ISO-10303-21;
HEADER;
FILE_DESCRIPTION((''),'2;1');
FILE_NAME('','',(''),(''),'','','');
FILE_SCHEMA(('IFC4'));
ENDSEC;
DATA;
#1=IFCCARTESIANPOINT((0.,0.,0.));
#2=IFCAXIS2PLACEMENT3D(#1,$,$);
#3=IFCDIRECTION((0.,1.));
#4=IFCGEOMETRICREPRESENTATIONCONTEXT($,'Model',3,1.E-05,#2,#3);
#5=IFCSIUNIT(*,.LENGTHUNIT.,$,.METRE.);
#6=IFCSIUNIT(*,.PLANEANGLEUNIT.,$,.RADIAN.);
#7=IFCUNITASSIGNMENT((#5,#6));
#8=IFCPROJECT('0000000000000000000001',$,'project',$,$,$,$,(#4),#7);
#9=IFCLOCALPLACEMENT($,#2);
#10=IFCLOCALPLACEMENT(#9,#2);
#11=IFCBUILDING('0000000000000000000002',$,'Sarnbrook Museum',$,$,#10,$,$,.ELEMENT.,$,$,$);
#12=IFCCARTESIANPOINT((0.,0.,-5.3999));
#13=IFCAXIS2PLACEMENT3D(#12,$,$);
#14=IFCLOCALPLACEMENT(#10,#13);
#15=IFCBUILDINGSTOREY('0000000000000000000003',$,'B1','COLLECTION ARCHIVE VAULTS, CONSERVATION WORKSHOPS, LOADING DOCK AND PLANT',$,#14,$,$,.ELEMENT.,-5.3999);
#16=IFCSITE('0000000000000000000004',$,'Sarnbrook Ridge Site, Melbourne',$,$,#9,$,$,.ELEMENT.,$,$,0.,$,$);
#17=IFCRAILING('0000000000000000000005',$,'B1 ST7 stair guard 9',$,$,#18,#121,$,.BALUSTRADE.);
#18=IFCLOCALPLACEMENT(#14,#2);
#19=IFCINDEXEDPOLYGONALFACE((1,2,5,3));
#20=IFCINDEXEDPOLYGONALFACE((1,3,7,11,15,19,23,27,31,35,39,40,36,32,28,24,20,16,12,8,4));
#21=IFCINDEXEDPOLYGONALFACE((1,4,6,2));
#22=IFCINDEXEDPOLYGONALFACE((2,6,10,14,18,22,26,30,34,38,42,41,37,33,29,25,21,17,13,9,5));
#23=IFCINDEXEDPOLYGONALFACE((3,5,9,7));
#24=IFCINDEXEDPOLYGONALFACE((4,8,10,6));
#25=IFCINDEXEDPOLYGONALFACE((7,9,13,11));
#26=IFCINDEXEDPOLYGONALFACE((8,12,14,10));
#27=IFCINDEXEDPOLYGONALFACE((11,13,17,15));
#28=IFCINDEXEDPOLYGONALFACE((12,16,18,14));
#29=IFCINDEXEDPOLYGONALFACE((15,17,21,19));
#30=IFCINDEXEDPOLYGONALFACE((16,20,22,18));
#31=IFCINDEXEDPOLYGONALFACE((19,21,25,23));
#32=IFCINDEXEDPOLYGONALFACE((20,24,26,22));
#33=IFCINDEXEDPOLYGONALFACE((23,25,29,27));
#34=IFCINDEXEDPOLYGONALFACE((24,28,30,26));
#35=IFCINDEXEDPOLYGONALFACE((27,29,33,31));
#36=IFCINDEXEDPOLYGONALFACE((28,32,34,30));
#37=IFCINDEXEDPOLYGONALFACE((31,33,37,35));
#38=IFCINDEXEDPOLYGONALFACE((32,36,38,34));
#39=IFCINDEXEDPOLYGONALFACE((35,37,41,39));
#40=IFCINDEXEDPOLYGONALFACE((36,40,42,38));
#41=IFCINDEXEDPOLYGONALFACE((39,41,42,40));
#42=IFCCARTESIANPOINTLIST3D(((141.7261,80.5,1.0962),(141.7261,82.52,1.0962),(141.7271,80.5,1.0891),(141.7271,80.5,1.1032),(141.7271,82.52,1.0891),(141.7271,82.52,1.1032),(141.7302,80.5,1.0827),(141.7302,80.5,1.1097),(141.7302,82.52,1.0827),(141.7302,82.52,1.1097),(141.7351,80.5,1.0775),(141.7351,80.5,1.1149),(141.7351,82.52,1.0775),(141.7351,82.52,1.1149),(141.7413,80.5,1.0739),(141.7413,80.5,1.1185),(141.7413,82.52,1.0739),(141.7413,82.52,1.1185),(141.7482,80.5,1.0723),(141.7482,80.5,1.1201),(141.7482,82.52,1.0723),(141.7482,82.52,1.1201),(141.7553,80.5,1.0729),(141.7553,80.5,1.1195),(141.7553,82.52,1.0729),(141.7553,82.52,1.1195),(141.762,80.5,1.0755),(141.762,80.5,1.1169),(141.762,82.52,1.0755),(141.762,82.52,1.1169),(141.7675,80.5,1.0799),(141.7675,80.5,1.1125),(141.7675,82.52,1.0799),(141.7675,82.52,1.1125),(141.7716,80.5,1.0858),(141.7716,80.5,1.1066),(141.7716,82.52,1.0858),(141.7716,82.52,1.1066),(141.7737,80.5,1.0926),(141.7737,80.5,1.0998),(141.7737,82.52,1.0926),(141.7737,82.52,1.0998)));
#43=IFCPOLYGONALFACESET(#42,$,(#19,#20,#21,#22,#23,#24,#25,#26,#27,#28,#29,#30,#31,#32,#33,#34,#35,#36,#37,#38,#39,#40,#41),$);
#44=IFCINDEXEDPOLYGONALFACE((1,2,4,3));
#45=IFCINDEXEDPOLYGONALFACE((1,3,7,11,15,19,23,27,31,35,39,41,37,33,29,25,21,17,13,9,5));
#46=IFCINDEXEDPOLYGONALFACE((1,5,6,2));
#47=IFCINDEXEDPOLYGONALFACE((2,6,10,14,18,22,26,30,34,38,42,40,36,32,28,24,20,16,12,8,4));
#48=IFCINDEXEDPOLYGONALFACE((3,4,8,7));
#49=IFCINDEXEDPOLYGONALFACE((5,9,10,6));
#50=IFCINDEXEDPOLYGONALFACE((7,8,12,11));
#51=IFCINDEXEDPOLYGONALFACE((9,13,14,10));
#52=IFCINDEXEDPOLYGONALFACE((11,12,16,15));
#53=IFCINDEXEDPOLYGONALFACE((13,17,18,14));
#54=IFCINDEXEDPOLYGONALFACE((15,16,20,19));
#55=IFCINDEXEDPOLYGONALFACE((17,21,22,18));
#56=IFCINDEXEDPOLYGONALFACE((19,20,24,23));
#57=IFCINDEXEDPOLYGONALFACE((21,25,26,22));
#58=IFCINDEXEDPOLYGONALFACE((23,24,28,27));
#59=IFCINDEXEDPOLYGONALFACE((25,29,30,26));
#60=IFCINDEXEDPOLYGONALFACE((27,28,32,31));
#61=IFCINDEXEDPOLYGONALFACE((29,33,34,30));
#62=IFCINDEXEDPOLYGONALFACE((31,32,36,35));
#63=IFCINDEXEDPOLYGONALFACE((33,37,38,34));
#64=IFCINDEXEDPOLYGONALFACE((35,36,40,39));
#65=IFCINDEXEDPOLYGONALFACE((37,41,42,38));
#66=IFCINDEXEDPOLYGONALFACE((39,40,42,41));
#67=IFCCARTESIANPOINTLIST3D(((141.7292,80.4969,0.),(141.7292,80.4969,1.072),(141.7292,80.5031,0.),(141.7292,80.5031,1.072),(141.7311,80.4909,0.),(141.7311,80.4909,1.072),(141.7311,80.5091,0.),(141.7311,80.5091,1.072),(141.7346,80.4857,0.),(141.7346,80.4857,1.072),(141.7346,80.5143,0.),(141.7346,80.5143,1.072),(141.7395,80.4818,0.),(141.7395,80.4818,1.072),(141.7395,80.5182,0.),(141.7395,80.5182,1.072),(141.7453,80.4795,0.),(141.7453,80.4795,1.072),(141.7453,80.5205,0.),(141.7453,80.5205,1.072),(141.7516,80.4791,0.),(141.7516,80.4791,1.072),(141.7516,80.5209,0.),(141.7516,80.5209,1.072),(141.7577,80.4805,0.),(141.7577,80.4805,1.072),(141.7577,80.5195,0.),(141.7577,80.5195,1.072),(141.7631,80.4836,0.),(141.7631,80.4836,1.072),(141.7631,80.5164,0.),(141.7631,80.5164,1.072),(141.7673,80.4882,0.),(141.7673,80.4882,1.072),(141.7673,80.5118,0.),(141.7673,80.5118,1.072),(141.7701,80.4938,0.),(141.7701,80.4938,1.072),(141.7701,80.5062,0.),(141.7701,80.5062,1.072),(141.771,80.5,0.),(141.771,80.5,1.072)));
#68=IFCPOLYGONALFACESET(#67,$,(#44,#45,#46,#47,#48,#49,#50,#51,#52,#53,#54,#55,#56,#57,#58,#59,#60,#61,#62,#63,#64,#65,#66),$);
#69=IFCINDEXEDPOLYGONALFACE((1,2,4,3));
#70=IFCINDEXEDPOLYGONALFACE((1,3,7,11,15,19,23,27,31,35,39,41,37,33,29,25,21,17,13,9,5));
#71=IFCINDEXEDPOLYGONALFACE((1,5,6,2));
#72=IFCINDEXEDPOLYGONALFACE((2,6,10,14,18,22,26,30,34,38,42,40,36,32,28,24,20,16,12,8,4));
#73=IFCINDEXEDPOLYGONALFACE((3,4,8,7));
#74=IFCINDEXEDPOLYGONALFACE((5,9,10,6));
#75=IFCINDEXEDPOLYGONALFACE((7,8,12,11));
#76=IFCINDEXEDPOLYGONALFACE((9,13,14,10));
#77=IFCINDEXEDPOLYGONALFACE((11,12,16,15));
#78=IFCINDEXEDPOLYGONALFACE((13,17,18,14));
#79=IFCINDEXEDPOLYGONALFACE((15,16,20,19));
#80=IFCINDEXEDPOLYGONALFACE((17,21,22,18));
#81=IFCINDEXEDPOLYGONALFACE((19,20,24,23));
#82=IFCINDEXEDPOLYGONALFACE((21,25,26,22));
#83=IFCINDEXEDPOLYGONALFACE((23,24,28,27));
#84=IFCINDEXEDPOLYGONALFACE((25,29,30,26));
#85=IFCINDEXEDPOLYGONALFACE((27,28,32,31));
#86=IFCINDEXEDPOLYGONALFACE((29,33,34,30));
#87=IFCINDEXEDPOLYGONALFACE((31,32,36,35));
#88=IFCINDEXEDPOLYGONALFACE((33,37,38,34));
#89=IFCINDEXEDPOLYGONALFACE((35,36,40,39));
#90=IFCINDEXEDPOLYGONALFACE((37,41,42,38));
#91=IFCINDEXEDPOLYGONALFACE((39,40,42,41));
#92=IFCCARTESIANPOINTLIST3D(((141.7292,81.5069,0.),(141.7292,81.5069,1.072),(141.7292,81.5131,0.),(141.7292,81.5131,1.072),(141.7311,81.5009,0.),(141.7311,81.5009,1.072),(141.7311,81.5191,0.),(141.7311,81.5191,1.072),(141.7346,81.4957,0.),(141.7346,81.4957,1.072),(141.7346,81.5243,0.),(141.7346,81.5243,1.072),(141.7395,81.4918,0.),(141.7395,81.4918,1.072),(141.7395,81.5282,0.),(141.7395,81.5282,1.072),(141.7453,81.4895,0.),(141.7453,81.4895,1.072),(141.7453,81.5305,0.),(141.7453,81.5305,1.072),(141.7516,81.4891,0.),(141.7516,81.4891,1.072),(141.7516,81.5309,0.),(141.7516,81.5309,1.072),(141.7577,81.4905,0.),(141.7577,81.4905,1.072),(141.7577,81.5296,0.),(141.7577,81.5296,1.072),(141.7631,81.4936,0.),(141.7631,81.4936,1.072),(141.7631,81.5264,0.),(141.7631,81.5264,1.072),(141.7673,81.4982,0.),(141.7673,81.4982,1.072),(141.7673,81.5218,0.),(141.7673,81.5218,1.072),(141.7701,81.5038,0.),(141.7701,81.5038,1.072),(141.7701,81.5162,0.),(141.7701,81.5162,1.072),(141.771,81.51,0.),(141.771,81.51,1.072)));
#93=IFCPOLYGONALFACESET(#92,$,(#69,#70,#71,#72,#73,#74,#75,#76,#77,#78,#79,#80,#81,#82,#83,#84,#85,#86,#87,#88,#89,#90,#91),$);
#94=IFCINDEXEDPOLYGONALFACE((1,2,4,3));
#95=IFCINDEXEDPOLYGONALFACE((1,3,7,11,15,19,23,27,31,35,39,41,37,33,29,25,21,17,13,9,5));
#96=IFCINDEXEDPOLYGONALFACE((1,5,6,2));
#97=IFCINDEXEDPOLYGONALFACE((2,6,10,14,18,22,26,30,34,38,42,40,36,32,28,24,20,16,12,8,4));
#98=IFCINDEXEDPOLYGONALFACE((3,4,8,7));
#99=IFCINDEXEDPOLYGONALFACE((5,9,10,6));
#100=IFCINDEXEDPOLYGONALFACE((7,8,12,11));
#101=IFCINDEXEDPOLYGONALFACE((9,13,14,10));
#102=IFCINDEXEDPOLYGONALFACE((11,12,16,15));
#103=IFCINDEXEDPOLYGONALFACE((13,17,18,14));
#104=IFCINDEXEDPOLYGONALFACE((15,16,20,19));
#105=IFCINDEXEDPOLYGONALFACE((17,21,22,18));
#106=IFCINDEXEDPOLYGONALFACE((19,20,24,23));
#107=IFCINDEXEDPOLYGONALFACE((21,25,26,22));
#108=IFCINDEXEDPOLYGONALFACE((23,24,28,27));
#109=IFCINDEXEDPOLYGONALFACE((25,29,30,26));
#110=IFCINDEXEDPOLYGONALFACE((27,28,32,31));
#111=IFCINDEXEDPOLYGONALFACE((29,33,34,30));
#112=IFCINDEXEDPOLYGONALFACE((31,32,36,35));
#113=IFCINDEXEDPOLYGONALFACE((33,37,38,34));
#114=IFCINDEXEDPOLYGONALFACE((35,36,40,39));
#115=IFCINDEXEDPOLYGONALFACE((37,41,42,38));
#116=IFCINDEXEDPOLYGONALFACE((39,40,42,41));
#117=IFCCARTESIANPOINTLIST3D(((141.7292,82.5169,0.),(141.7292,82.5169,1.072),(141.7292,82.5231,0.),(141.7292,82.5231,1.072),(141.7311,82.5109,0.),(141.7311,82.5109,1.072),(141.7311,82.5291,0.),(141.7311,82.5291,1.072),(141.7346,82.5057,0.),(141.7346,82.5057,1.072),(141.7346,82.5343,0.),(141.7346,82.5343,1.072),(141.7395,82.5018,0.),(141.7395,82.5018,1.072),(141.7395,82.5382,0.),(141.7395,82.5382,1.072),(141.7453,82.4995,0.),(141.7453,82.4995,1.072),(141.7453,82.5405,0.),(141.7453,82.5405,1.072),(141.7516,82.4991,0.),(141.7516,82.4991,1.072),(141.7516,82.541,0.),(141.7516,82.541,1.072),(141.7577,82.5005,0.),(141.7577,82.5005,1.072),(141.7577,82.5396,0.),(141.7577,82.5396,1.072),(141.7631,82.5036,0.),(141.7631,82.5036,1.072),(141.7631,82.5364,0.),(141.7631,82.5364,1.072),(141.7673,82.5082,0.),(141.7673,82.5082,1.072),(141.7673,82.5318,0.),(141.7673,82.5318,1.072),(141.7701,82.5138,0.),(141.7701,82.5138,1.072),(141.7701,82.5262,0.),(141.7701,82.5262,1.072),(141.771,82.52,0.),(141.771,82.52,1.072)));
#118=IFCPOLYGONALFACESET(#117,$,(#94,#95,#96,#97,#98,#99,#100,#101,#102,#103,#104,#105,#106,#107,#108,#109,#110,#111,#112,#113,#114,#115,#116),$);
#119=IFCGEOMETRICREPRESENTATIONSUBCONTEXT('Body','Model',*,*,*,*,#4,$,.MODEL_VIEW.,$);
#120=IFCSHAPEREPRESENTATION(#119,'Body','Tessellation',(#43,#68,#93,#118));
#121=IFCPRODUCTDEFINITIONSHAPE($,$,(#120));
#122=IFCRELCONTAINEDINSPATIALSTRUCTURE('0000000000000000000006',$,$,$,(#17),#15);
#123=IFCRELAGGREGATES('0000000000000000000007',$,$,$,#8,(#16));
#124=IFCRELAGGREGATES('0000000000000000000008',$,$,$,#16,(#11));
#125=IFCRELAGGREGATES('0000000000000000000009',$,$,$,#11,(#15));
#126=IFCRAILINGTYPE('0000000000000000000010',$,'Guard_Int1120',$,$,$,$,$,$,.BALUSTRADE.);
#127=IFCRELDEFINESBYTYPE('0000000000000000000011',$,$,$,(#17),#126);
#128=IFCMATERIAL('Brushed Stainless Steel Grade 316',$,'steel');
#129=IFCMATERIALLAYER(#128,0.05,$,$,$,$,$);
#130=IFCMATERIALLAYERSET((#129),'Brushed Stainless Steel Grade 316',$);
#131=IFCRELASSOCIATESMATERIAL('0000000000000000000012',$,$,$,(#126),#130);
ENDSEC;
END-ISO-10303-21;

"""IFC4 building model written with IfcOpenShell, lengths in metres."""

from ifc_helpers import new_model, si_unit, direction, frame, origin, origin_2d, place, context, subcontext, project, spatial, circle, extrude, material, layer, layer_set, type_object, element, save


model = new_model("IFC4")

# Units and contexts
model_context = context("Model", 3, precision=1e-05, world=origin(), true_north=direction((0.0, 1.0)))
body_context = subcontext(model_context, "Body", "Model", "MODEL_VIEW")
ifc_project = project(units=[si_unit("LENGTHUNIT", "METRE"), si_unit("PLANEANGLEUNIT", "RADIAN")], contexts=[model_context])

# Site, building, storey
site_placement = place(None, origin())
site = spatial("IfcSite", under=ifc_project, at=site_placement, Name="Sarnbrook Ridge Site, Melbourne", CompositionType="ELEMENT", RefElevation=0.0)
building_placement = place(site_placement, origin())
building = spatial("IfcBuilding", under=site, at=building_placement, Name="Sarnbrook Museum", CompositionType="ELEMENT")
storey_placement = place(building_placement, frame((0.0, 0.0, -5.3999)))
storey = spatial("IfcBuildingStorey", under=building, at=storey_placement, Name="B1", Description="COLLECTION ARCHIVE VAULTS, CONSERVATION WORKSHOPS, LOADING DOCK AND PLANT", CompositionType="ELEMENT", Elevation=-5.3999)

# Railing
ifc_material_1 = material(Name="Brushed Stainless Steel Grade 316", Category="steel")
ifc_layer_1 = layer(ifc_material_1, 0.05)
ifc_layer_set_1 = layer_set([ifc_layer_1], Name="Brushed Stainless Steel Grade 316")
railing_type_1 = type_object("IfcRailingType", Name="Guard_Int1120", PredefinedType="BALUSTRADE", material=ifc_layer_set_1)
for number, where, name in (
    (1, (141.75, 80.5, 0.0), "B1 ST7 stair guard 9"),
):
    element("IfcRailing", number, at=place(storey_placement, frame(where)), inside=storey, type_object=railing_type_1, Name=name, PredefinedType="BALUSTRADE", context=body_context, shape_type="SweptSolid", body=[
        extrude(circle(Radius=0.0239, at=origin_2d()), frame((0.0, 0.0, 1.0962), z_axis=(0.0, 1.0, 0.0), x_axis=(-1.0, 0.0, 0.0)), (0.0, 0.0, 1.0), 2.02),
        extrude(circle(Radius=0.021, at=origin_2d()), origin(), (0.0, 0.0, 1.0), 1.072),
        extrude(circle(Radius=0.021, at=origin_2d()), frame((0.0, 1.01, 0.0)), (0.0, 0.0, 1.0), 1.072),
        extrude(circle(Radius=0.021, at=origin_2d()), frame((0.0, 2.02, 0.0)), (0.0, 0.0, 1.0), 1.072),
    ])

save(model, "model.ifc")
